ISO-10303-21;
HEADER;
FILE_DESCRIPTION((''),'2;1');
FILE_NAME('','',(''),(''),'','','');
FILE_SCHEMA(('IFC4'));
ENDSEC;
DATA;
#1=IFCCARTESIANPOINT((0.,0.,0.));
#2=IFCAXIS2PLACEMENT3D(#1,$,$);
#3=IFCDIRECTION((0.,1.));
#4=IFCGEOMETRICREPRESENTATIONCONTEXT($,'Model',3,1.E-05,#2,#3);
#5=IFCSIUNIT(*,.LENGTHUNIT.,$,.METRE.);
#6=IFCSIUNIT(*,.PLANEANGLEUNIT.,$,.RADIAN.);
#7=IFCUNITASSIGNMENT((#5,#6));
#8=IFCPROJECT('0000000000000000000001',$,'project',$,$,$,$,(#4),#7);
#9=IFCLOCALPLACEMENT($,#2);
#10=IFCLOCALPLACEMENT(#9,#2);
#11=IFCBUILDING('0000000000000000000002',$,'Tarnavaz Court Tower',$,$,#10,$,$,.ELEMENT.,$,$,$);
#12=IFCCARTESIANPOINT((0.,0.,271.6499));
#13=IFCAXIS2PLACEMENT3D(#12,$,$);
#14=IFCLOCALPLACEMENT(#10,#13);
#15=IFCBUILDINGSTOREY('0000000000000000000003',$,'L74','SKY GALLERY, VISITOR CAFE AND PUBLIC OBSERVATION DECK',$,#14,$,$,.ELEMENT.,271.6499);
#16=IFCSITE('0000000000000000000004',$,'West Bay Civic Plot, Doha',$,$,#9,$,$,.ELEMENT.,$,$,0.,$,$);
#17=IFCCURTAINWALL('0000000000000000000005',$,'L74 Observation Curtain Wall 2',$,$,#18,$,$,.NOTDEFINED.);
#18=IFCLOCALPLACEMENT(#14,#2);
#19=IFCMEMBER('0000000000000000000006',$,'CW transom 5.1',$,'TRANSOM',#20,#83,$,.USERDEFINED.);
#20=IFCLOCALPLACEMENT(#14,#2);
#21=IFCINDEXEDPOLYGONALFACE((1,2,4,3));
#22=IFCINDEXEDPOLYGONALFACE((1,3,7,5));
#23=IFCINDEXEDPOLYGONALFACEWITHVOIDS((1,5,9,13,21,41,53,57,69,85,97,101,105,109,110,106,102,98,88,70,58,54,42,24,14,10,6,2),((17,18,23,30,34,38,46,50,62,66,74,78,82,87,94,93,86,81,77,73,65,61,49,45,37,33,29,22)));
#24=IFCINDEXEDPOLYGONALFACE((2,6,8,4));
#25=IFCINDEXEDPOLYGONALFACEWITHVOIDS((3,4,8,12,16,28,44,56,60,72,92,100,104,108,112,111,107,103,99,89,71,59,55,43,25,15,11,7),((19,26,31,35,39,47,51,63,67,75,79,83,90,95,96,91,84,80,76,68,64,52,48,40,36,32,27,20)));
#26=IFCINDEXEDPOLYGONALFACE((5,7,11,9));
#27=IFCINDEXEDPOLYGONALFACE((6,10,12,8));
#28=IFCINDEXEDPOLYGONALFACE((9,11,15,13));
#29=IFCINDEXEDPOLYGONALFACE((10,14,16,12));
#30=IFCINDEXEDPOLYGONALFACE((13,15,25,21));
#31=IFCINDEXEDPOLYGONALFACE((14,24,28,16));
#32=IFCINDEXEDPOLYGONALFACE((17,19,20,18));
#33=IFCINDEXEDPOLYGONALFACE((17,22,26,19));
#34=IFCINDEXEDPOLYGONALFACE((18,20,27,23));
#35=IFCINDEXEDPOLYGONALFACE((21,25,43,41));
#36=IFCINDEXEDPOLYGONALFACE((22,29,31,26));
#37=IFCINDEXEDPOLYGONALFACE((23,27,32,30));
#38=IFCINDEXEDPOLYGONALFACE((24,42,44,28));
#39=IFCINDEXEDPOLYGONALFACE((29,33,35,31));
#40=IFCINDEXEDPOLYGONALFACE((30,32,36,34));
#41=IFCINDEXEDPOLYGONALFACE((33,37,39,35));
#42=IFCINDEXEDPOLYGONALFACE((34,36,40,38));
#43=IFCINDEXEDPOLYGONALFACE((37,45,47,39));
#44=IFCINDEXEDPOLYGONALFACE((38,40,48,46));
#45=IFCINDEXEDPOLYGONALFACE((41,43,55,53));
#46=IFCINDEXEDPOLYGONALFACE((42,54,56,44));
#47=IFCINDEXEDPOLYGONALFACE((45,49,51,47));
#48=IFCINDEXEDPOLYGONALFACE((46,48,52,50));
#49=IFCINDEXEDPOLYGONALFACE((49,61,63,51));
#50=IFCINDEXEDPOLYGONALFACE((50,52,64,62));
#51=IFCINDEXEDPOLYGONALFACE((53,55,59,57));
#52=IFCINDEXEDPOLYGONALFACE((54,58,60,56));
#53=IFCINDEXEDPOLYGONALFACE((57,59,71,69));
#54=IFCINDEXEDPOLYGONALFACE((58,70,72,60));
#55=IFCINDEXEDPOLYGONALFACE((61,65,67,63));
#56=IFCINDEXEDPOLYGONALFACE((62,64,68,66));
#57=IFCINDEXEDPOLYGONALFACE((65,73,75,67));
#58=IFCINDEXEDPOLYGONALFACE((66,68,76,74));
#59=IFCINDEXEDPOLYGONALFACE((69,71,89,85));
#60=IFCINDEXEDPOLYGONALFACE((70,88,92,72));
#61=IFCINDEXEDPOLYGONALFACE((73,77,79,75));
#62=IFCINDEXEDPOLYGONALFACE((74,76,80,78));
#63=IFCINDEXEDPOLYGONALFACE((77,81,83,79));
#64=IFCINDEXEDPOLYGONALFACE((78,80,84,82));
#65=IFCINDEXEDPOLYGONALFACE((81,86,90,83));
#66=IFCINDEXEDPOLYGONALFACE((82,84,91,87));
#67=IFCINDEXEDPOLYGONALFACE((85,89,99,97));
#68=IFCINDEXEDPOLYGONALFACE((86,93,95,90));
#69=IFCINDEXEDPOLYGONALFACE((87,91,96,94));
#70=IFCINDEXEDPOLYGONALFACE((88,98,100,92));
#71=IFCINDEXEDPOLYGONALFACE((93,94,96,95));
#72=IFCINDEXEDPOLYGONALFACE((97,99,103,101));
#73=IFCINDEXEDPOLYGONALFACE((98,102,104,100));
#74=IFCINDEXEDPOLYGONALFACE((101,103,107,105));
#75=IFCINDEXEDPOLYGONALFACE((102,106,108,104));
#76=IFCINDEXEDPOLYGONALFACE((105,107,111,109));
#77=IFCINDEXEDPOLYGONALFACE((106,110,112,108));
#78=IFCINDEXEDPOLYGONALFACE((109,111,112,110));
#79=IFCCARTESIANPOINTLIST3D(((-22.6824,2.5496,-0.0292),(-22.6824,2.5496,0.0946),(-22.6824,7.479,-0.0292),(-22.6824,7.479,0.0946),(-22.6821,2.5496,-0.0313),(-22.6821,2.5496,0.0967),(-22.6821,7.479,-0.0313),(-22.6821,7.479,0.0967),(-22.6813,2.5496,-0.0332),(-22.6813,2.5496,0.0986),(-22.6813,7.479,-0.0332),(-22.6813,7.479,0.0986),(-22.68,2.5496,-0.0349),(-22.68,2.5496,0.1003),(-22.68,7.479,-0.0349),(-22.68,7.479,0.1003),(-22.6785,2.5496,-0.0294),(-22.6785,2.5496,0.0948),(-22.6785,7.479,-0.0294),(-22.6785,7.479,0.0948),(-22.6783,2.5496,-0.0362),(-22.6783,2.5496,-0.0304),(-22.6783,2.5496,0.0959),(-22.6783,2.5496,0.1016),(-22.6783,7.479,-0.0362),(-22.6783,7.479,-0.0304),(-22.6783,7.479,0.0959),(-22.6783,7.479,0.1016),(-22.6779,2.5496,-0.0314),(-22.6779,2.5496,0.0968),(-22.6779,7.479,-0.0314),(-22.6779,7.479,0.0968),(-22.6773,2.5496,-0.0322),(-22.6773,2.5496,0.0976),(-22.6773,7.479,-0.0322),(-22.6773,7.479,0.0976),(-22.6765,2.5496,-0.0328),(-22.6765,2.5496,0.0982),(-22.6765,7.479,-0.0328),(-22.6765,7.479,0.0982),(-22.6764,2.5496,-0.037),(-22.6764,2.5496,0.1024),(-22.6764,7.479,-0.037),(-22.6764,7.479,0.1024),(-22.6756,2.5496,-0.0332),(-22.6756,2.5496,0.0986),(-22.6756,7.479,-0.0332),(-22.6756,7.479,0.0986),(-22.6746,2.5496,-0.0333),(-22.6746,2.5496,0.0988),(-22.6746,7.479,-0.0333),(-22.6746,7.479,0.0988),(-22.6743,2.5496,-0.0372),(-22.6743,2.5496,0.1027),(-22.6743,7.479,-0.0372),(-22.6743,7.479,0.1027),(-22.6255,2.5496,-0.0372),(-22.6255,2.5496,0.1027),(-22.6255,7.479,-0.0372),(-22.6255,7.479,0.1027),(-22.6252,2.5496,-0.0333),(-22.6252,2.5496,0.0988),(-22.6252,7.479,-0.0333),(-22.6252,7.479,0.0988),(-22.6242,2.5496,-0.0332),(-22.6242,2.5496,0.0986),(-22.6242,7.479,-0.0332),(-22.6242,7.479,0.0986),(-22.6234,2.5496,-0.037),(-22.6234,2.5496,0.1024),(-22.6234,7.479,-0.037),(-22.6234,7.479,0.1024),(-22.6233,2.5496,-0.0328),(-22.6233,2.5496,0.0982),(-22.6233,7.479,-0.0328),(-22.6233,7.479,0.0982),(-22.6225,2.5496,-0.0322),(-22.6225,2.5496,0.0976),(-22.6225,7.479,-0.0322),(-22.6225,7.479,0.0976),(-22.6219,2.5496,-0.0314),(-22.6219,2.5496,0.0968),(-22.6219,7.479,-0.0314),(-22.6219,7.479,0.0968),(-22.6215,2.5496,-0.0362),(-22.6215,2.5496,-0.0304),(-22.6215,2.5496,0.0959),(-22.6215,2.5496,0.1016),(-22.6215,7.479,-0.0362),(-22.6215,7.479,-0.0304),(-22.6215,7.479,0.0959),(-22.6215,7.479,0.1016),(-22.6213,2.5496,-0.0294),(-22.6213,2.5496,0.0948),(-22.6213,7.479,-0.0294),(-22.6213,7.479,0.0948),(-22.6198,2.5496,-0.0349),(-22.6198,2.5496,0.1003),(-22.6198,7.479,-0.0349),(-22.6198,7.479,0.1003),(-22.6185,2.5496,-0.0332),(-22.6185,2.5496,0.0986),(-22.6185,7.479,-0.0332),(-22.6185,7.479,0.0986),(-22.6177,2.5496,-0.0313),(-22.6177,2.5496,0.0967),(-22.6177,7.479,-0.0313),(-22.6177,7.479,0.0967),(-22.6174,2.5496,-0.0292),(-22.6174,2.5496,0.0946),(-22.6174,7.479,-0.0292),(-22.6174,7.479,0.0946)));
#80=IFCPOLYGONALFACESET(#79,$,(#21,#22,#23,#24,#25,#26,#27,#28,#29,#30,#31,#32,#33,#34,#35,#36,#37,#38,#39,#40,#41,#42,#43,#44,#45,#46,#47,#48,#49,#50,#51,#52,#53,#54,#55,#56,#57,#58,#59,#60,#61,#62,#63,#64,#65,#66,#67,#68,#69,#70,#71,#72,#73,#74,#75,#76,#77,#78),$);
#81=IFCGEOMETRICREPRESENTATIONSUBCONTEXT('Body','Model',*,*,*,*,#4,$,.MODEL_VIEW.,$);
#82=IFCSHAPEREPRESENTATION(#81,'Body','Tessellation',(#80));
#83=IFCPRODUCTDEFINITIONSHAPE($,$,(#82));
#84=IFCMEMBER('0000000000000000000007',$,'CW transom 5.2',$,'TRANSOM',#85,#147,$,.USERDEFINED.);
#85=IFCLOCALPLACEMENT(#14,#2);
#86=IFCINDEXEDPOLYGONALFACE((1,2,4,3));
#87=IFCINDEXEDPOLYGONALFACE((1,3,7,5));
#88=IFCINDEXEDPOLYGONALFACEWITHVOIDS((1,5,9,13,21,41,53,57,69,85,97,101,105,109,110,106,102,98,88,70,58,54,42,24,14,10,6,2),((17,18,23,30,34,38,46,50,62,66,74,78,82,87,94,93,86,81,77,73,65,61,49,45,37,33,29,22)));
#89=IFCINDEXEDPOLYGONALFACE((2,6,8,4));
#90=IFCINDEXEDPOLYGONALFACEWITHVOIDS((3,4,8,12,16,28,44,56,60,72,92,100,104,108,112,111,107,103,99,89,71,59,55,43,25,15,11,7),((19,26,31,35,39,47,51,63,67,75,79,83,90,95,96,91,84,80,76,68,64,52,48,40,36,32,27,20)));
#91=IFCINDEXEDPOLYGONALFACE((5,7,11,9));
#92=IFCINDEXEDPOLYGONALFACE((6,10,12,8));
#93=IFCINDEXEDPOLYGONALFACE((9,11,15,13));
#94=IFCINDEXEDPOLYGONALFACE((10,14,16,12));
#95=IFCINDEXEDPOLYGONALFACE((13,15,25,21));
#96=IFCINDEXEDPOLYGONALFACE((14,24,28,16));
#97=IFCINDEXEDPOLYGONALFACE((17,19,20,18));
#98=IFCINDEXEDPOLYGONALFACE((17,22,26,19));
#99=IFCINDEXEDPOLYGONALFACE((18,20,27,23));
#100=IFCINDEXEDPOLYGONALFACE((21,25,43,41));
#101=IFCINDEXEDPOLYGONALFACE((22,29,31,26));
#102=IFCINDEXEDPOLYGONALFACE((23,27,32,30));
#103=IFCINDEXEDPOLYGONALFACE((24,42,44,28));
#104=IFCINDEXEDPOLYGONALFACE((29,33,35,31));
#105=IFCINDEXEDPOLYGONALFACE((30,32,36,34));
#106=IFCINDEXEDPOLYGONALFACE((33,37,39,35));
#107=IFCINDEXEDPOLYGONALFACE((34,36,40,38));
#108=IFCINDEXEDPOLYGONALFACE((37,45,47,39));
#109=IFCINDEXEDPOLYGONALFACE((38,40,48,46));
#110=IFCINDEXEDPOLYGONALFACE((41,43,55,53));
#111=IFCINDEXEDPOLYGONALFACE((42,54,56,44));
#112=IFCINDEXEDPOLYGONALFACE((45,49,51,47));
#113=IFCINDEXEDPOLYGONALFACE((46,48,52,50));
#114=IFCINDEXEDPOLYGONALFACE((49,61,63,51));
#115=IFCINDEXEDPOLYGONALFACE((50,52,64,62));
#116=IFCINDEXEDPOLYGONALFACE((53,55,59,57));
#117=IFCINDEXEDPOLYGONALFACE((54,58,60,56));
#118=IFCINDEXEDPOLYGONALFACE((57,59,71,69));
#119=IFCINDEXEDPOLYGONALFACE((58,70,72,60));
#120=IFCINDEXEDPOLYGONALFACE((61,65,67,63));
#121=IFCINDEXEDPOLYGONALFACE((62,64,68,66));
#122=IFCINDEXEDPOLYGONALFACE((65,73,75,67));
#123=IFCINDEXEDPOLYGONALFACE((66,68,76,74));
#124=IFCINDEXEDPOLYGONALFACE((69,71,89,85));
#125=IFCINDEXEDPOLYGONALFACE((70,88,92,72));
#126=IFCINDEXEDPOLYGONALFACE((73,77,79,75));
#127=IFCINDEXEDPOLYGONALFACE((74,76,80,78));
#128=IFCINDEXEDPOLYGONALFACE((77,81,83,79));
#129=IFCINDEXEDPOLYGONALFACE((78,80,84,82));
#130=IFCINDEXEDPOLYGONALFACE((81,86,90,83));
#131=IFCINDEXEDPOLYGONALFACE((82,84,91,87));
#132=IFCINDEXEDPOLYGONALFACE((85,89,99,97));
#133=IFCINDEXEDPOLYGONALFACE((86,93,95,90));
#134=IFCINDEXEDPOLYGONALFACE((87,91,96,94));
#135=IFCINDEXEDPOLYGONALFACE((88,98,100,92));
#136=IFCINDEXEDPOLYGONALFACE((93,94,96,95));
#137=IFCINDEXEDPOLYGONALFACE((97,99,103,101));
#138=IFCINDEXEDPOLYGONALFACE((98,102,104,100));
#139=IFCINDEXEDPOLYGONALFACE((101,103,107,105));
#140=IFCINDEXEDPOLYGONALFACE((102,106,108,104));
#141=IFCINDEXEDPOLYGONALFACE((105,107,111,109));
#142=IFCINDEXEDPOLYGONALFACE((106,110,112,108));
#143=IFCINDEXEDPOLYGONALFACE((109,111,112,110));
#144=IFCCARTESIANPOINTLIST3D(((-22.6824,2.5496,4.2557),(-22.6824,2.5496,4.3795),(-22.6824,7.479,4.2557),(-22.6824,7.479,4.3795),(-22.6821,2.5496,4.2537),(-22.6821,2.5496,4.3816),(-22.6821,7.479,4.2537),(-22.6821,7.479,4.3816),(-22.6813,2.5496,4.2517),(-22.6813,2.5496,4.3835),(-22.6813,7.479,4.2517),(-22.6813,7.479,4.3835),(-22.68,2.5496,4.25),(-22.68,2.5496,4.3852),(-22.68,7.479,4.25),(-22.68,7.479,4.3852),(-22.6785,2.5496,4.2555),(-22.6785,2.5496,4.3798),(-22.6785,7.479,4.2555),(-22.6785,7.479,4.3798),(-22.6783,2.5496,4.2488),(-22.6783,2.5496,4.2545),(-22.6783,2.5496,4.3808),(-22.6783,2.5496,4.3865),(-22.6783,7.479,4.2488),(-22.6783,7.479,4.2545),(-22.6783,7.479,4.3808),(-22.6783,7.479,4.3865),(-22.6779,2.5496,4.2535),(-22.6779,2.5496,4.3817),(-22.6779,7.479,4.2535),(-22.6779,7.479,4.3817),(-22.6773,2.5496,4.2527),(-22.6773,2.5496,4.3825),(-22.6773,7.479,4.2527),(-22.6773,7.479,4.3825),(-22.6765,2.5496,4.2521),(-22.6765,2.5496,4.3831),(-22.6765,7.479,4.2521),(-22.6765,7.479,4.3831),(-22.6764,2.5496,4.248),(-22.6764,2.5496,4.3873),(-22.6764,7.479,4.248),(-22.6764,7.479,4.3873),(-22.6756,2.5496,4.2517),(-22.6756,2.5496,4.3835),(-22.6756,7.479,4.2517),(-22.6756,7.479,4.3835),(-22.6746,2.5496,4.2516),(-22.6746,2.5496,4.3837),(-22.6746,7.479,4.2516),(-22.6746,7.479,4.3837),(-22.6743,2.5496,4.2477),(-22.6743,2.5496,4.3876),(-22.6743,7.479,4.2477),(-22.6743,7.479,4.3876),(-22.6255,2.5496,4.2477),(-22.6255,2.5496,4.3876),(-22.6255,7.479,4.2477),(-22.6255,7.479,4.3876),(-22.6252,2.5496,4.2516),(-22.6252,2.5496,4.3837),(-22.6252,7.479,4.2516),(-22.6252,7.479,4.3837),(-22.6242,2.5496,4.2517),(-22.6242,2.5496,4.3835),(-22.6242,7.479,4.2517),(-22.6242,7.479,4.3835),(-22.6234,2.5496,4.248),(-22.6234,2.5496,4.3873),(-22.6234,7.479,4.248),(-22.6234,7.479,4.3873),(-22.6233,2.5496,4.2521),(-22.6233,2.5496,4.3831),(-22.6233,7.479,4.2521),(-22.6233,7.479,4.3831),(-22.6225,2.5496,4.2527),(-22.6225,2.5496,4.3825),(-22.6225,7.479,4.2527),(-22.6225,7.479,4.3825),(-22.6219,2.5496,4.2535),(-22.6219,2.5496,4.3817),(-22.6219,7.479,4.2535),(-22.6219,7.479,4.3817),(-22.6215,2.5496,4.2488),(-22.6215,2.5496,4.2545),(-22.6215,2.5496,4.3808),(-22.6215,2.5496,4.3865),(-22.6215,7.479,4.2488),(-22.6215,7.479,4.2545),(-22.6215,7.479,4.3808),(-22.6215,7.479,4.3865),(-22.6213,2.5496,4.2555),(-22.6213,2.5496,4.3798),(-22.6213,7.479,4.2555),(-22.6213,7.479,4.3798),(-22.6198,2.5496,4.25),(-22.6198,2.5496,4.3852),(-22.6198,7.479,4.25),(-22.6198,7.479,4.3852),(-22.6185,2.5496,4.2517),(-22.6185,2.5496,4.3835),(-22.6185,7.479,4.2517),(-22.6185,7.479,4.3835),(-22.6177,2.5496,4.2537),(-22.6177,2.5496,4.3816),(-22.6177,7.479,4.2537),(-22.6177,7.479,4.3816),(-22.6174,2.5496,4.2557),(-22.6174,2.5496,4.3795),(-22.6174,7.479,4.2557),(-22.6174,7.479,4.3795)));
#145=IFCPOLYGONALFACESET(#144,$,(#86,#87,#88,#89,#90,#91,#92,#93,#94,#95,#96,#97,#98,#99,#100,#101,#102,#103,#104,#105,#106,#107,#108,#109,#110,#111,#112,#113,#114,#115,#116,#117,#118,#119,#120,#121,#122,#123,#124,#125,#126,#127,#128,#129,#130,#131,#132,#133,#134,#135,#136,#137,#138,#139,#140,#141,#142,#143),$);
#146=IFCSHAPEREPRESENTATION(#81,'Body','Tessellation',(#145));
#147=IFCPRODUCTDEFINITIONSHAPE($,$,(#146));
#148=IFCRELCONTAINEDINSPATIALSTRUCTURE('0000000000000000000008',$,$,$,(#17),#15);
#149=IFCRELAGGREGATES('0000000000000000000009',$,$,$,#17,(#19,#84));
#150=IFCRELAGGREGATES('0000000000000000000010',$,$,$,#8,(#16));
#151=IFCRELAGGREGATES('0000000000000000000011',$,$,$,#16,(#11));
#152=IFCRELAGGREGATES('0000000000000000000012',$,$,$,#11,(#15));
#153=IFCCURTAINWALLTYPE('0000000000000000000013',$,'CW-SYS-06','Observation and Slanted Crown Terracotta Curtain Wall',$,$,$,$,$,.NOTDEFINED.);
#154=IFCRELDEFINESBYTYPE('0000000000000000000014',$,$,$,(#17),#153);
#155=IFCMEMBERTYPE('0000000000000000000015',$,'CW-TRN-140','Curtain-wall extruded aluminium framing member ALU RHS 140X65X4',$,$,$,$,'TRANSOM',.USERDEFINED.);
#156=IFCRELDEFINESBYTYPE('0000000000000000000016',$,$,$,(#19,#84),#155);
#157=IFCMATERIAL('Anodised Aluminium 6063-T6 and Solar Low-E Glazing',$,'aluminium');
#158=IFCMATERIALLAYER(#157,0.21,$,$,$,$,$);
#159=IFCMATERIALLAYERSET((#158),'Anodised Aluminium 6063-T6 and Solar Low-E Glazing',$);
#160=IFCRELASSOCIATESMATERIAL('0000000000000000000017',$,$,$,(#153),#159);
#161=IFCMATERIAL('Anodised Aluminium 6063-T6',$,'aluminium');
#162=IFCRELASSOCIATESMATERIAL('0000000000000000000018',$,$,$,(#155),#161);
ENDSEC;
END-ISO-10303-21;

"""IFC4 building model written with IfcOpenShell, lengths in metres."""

from ifc_helpers import new_model, si_unit, direction, frame, origin, origin_2d, place, context, subcontext, project, spatial, hollow_rectangle, extrude, material, layer, layer_set, material_profile, profile_set, type_object, element, aggregate, save


model = new_model("IFC4")

# Units and contexts
model_context = context("Model", 3, precision=1e-05, world=origin(), true_north=direction((0.0, 1.0)))
body_context = subcontext(model_context, "Body", "Model", "MODEL_VIEW")
ifc_project = project(units=[si_unit("LENGTHUNIT", "METRE"), si_unit("PLANEANGLEUNIT", "RADIAN")], contexts=[model_context])

# Site, building, storey
site_placement = place(None, origin())
site = spatial("IfcSite", under=ifc_project, at=site_placement, Name="West Bay Civic Plot, Doha", CompositionType="ELEMENT", RefElevation=0.0)
building_placement = place(site_placement, origin())
building = spatial("IfcBuilding", under=site, at=building_placement, Name="Tarnavaz Court Tower", CompositionType="ELEMENT")
storey_placement = place(building_placement, frame((0.0, 0.0, 271.6499)))
storey = spatial("IfcBuildingStorey", under=building, at=storey_placement, Name="L74", Description="SKY GALLERY, VISITOR CAFE AND PUBLIC OBSERVATION DECK", CompositionType="ELEMENT", Elevation=271.6499)

# Curtain wall, members
ifc_material_1 = material(Name="Anodised Aluminium 6063-T6 and Solar Low-E Glazing", Category="aluminium")
ifc_layer_1 = layer(ifc_material_1, 0.21)
ifc_layer_set_1 = layer_set([ifc_layer_1], Name="Anodised Aluminium 6063-T6 and Solar Low-E Glazing")
curtain_wall_type = type_object("IfcCurtainWallType", Name="CW-SYS-06", Description="Observation and Slanted Crown Terracotta Curtain Wall", PredefinedType="NOTDEFINED", material=ifc_layer_set_1)
curtain_wall_placement = place(storey_placement, origin())
curtain_wall = element("IfcCurtainWall", 1, at=curtain_wall_placement, inside=storey, type_object=curtain_wall_type, Name="L74 Observation Curtain Wall 2", PredefinedType="NOTDEFINED")
ifc_material_2 = material(Name="Anodised Aluminium 6063-T6", Category="aluminium")
ifc_material_profile_1 = material_profile(ifc_material_2, hollow_rectangle(XDim=0.0649, YDim=0.1399, WallThickness=0.0039, InnerFilletRadius=0.0039, OuterFilletRadius=0.0081, at=origin_2d()), Name="ALU RHS 140X65X4")
ifc_profile_set_1 = profile_set([ifc_material_profile_1], Name="Anodised Aluminium 6063-T6")
member_type_1 = type_object("IfcMemberType", Name="CW-TRN-140", Description="Curtain-wall extruded aluminium framing member ALU RHS 140X65X4", ElementType="TRANSOM", PredefinedType="USERDEFINED", material=ifc_profile_set_1)
member_1_placement = place(storey_placement, frame((-22.6499, 2.5496, 0.0327), z_axis=(0.0, 1.0, 0.0), x_axis=(-1.0, 0.0, 0.0)))
member_1 = element("IfcMember", 2, at=member_1_placement, type_object=member_type_1, Name="CW transom 5.1", ObjectType="TRANSOM", PredefinedType="USERDEFINED", context=body_context, shape_type="SweptSolid", body=[
    extrude(hollow_rectangle(XDim=0.0649, YDim=0.1399, WallThickness=0.0039, InnerFilletRadius=0.0039, OuterFilletRadius=0.0081, at=origin_2d()), origin(), (0.0, 0.0, 1.0), 4.9294),
])
member_2_placement = place(storey_placement, frame((-22.6499, 2.5496, 4.3176), z_axis=(0.0, 1.0, 0.0), x_axis=(-1.0, 0.0, 0.0)))
member_2 = element("IfcMember", 3, at=member_2_placement, type_object=member_type_1, Name="CW transom 5.2", ObjectType="TRANSOM", PredefinedType="USERDEFINED", context=body_context, shape_type="SweptSolid", body=[
    extrude(hollow_rectangle(XDim=0.0649, YDim=0.1399, WallThickness=0.0039, InnerFilletRadius=0.0039, OuterFilletRadius=0.0081, at=origin_2d()), origin(), (0.0, 0.0, 1.0), 4.9294),
])
aggregate(curtain_wall, [member_1, member_2])

save(model, "model.ifc")
